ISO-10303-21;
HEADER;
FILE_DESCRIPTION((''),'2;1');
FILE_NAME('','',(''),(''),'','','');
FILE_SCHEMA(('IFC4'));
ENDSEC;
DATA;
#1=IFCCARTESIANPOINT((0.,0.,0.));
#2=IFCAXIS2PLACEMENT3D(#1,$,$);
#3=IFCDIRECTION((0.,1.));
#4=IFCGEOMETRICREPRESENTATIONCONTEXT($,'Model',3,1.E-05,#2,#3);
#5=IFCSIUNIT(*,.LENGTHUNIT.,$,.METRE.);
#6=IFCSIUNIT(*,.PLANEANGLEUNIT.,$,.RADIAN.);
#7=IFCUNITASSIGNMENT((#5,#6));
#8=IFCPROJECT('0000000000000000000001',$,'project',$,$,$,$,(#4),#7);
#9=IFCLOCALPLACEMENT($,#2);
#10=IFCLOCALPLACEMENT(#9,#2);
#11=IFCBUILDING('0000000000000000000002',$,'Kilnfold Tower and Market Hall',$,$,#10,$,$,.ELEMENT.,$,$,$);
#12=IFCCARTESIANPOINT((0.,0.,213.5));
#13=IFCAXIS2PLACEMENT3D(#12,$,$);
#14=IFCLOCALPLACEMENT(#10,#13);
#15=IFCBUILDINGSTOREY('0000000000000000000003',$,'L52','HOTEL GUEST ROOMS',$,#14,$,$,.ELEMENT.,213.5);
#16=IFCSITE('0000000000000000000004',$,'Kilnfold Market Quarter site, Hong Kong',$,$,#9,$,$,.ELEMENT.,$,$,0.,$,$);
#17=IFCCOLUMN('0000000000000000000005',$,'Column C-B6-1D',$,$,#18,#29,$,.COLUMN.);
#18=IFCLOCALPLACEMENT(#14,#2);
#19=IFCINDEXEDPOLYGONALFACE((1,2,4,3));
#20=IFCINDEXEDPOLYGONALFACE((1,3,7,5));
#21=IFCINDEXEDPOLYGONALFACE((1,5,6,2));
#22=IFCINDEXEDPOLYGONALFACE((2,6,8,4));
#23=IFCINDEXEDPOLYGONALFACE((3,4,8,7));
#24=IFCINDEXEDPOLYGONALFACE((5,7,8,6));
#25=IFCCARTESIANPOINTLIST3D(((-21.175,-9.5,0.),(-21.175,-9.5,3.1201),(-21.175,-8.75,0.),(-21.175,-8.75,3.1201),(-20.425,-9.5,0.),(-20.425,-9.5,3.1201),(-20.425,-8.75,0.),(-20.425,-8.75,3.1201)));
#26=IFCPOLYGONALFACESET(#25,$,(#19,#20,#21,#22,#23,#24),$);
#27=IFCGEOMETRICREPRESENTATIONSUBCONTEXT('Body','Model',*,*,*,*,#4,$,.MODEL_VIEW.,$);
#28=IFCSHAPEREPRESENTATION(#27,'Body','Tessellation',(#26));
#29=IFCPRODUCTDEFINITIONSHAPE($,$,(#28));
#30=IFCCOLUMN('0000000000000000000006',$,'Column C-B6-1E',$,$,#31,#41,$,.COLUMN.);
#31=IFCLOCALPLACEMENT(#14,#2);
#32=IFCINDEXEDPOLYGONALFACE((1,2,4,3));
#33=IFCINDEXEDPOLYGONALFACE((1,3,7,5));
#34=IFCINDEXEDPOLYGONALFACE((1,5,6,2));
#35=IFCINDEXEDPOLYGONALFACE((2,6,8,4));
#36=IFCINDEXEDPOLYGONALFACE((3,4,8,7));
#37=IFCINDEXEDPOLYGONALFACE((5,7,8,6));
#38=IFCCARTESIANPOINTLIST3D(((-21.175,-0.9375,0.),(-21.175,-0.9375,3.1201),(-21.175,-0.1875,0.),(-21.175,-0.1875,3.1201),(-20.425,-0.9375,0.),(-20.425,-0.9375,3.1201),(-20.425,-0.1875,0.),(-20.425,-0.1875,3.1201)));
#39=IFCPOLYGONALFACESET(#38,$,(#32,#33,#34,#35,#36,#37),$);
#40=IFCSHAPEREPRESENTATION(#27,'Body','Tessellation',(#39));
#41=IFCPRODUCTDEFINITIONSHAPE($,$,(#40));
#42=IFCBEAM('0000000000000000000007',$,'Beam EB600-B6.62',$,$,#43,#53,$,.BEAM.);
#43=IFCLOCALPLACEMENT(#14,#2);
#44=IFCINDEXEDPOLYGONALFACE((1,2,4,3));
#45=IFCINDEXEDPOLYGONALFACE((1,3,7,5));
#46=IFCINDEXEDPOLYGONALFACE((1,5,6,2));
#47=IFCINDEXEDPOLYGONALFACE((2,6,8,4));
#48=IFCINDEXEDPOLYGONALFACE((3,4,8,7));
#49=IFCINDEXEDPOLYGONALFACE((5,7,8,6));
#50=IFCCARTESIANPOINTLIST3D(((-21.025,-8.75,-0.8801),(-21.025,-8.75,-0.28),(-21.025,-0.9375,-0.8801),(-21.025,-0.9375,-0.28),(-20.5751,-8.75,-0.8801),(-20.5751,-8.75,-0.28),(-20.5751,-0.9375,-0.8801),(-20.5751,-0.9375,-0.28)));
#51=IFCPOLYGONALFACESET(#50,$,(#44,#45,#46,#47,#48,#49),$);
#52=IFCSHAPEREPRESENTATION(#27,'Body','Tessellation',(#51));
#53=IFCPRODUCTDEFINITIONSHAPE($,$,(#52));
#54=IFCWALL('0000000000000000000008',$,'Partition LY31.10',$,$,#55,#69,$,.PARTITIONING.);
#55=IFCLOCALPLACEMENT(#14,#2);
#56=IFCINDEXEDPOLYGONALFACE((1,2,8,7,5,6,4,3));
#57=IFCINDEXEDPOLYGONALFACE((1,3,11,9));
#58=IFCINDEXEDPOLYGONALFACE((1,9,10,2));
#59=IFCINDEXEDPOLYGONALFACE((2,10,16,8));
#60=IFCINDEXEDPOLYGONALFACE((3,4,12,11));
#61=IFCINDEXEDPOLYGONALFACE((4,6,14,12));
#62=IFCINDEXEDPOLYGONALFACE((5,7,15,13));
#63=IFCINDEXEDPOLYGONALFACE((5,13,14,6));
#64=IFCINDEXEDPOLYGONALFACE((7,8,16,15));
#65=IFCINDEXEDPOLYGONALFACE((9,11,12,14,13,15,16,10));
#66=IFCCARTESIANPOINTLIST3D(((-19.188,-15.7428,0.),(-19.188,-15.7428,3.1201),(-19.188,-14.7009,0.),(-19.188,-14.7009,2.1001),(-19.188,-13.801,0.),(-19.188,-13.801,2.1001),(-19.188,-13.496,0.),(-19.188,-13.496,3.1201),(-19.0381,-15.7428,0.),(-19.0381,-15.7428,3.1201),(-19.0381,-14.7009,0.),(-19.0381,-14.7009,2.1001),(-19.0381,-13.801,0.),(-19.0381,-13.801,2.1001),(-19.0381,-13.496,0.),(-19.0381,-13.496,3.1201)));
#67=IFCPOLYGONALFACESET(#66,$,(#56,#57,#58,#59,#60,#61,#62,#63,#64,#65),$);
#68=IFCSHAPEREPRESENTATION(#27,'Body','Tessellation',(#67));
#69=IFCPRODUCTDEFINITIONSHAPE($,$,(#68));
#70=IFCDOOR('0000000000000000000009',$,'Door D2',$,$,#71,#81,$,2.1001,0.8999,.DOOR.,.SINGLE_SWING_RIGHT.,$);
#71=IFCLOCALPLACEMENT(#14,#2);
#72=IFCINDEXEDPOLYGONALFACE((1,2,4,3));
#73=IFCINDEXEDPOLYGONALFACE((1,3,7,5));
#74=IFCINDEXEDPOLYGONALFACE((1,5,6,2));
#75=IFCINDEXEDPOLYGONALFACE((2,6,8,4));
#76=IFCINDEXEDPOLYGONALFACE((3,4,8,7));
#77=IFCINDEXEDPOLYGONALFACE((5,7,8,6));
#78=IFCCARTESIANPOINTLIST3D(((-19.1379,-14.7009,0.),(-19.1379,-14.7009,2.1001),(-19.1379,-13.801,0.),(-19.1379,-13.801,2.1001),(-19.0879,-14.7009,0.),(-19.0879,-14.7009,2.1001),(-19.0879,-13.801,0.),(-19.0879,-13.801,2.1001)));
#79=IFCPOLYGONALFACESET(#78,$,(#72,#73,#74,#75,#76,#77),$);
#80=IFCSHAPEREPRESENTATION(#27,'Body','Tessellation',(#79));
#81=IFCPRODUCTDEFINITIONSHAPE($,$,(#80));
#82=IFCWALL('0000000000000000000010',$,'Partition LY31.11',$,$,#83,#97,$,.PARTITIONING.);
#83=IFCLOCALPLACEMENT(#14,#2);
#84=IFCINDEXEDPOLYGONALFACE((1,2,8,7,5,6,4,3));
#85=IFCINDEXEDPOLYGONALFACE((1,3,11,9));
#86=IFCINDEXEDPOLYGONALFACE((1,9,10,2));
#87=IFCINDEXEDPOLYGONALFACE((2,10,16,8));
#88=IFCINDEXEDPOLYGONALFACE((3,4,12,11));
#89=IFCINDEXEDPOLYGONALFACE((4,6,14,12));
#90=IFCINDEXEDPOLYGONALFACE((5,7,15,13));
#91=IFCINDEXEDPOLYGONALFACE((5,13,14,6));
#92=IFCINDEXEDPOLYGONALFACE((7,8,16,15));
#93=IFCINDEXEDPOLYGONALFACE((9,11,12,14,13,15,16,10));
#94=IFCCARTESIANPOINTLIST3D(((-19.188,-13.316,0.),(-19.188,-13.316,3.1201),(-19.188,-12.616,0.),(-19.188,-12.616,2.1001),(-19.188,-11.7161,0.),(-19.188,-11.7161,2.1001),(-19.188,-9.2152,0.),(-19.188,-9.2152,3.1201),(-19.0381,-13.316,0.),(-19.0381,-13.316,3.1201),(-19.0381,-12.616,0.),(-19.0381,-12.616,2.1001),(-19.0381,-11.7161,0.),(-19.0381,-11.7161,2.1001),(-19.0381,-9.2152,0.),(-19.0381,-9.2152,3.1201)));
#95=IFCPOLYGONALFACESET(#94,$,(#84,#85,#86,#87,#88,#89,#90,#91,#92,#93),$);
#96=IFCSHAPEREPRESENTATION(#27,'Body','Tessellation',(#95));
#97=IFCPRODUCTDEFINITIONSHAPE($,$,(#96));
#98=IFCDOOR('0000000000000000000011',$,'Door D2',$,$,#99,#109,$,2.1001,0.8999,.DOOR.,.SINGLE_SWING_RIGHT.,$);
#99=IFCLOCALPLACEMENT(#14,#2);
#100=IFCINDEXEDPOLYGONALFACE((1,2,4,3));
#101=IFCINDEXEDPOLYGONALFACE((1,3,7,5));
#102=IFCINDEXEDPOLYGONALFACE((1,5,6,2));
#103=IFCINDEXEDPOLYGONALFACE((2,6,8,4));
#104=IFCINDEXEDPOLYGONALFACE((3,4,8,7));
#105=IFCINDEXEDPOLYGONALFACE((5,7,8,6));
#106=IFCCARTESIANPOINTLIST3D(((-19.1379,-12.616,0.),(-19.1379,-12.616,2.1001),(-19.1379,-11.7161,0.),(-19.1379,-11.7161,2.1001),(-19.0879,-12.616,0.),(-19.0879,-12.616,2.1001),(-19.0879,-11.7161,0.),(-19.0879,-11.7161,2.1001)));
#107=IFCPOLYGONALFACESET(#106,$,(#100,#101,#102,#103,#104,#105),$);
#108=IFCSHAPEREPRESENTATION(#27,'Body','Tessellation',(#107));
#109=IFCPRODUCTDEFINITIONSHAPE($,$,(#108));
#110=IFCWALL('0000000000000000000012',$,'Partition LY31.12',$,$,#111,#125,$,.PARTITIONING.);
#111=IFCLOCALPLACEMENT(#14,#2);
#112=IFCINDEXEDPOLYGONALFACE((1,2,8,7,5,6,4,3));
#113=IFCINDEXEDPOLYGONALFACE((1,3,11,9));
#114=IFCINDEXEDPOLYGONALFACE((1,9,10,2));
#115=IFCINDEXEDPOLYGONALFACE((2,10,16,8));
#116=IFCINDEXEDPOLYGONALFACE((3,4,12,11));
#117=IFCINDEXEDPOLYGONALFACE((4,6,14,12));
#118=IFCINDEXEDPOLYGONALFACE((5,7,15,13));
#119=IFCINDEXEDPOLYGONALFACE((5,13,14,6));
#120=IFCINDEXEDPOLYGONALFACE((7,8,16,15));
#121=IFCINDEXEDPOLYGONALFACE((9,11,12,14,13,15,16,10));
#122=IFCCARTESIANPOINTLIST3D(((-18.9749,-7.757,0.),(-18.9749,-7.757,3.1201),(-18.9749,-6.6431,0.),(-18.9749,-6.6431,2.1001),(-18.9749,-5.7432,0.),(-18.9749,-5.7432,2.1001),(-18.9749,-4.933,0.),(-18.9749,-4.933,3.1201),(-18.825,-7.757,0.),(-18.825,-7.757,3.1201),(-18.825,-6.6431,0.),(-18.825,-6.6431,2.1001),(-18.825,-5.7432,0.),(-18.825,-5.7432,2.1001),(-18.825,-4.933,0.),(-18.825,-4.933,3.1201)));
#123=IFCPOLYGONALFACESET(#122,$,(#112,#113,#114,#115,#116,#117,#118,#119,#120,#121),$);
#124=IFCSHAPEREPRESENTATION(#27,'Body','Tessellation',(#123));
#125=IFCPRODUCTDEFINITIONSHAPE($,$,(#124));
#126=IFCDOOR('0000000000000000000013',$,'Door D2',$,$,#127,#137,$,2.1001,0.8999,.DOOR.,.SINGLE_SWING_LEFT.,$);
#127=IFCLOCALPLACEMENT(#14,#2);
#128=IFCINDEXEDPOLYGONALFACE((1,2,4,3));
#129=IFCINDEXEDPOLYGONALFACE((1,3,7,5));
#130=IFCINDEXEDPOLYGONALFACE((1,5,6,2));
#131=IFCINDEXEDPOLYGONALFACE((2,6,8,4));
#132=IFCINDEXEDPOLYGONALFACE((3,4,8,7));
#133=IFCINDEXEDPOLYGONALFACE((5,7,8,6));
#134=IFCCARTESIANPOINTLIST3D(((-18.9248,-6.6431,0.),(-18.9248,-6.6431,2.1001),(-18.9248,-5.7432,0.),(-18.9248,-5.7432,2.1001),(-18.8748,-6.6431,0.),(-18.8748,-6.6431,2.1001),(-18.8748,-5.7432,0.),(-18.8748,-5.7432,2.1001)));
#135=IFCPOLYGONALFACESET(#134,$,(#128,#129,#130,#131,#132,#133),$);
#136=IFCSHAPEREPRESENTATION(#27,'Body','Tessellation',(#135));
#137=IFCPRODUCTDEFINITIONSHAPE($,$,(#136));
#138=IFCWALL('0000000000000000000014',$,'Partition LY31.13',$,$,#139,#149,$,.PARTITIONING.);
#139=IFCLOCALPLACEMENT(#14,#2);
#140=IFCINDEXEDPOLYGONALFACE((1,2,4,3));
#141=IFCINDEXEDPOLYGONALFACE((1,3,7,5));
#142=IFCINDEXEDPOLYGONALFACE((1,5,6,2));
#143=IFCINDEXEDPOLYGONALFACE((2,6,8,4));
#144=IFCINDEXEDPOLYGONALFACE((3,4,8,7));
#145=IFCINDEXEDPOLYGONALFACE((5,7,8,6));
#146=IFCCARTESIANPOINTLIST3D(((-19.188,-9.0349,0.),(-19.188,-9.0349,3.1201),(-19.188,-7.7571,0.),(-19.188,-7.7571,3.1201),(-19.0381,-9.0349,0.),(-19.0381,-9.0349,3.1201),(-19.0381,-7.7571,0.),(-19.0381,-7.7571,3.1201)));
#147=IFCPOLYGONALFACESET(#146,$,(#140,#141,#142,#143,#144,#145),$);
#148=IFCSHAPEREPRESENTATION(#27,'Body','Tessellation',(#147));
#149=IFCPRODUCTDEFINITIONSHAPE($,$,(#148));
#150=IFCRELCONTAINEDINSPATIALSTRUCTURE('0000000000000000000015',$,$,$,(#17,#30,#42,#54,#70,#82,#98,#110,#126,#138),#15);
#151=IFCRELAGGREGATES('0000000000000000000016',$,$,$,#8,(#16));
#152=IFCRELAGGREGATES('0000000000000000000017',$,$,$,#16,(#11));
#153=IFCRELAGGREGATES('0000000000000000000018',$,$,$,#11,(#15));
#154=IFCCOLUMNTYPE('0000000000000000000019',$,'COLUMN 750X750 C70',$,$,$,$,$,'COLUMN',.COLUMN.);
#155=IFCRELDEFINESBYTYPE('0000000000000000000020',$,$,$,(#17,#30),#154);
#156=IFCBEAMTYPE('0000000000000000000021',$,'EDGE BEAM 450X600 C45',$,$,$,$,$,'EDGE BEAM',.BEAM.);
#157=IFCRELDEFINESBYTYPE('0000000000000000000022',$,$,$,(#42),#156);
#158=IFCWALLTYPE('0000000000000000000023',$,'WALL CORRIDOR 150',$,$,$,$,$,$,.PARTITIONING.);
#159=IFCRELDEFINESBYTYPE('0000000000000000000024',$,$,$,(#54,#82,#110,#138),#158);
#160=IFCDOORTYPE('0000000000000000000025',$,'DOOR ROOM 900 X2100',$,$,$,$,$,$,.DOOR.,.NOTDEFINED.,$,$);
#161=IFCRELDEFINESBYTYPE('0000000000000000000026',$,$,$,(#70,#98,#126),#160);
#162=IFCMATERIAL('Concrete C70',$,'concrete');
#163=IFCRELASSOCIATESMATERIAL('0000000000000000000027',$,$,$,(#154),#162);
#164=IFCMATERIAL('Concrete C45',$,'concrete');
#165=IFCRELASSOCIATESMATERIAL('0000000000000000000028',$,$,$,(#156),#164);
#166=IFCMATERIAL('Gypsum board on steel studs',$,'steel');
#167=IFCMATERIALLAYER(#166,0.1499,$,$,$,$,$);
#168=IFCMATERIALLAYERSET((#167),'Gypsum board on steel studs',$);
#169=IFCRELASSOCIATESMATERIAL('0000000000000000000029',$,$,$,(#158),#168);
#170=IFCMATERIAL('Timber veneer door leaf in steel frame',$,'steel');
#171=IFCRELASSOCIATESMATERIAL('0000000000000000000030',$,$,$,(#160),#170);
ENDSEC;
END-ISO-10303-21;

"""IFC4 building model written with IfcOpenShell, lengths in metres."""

from ifc_helpers import new_model, si_unit, direction, frame, frame_2d, origin, origin_2d, place, context, subcontext, project, spatial, rectangle, extrude, source, transform, mapped, material, layer, layer_set, material_profile, profile_set, type_object, element, fill, save


model = new_model("IFC4")

# Units and contexts
model_context = context("Model", 3, precision=1e-05, world=origin(), true_north=direction((0.0, 1.0)))
body_context = subcontext(model_context, "Body", "Model", "MODEL_VIEW")
ifc_project = project(units=[si_unit("LENGTHUNIT", "METRE"), si_unit("PLANEANGLEUNIT", "RADIAN")], contexts=[model_context])

# Site, building, storey
site_placement = place(None, origin())
site = spatial("IfcSite", under=ifc_project, at=site_placement, Name="Kilnfold Market Quarter site, Hong Kong", CompositionType="ELEMENT", RefElevation=0.0)
building_placement = place(site_placement, origin())
building = spatial("IfcBuilding", under=site, at=building_placement, Name="Kilnfold Tower and Market Hall", CompositionType="ELEMENT")
storey_placement = place(building_placement, frame((0.0, 0.0, 213.5)))
storey = spatial("IfcBuildingStorey", under=building, at=storey_placement, Name="L52", Description="HOTEL GUEST ROOMS", CompositionType="ELEMENT", Elevation=213.5)

# Columns
ifc_material_1 = material(Name="Concrete C70", Category="concrete")
ifc_material_profile_1 = material_profile(ifc_material_1, rectangle(XDim=0.75, YDim=0.75, at=origin_2d()), Name="RC 750x750")
ifc_profile_set_1 = profile_set([ifc_material_profile_1], Name="Concrete C70")
column_type = type_object("IfcColumnType", Name="COLUMN 750X750 C70", ElementType="COLUMN", PredefinedType="COLUMN", material=ifc_profile_set_1)
shared_shape_1 = source(origin(), body_context, "Body", "SweptSolid", [
    extrude(rectangle(XDim=0.75, YDim=0.75, at=origin_2d()), origin(), (0.0, 0.0, 1.0), 3.1201),
])
for number, where, z_axis, x_axis, name in (
    (1, (-20.8, -9.125, 0.0), (0.0, 0.0, 1.0), (1.0, 0.0, 0.0), "Column C-B6-1D"),
    (2, (-20.8, -0.5625, 0.0), (0.0, 0.0, 1.0), (1.0, 0.0, 0.0), "Column C-B6-1E"),
):
    element("IfcColumn", number, at=place(storey_placement, frame(where, z_axis=z_axis, x_axis=x_axis)), inside=storey, type_object=column_type, Name=name, PredefinedType="COLUMN", context=body_context, shape_type="MappedRepresentation", body=[
        mapped(shared_shape_1, transform((0.0, 0.0, 0.0))),
    ])

# Beam
ifc_material_2 = material(Name="Concrete C45", Category="concrete")
ifc_material_profile_2 = material_profile(ifc_material_2, rectangle(XDim=0.45, YDim=0.6001, at=origin_2d()), Name="RC 450x600")
ifc_profile_set_2 = profile_set([ifc_material_profile_2], Name="Concrete C45")
beam_type = type_object("IfcBeamType", Name="EDGE BEAM 450X600 C45", ElementType="EDGE BEAM", PredefinedType="BEAM", material=ifc_profile_set_2)
shared_shape_2 = source(origin(), body_context, "Body", "SweptSolid", [
    extrude(rectangle(XDim=0.45, YDim=0.6001, at=origin_2d()), origin(), (0.0, 0.0, 1.0), 7.8125),
])
beam_placement = place(storey_placement, frame((-20.8, -8.75, -0.5801), z_axis=(0.0, 1.0, 0.0), x_axis=(-1.0, 0.0, 0.0)))
element("IfcBeam", 3, at=beam_placement, inside=storey, type_object=beam_type, Name="Beam EB600-B6.62", PredefinedType="BEAM", context=body_context, shape_type="MappedRepresentation", body=[
    mapped(shared_shape_2, transform((0.0, 0.0, 0.0))),
])

# Walls, openings, doors
ifc_material_3 = material(Name="Gypsum board on steel studs", Category="steel")
ifc_layer_1 = layer(ifc_material_3, 0.1499)
ifc_layer_set_1 = layer_set([ifc_layer_1], Name="Gypsum board on steel studs")
wall_type_1 = type_object("IfcWallType", Name="WALL CORRIDOR 150", PredefinedType="PARTITIONING", material=ifc_layer_set_1)
wall_1_placement = place(storey_placement, frame((-19.113, -15.7429, 0.0), z_axis=(0.0, 0.0, 1.0), x_axis=(0.0, 1.0, 0.0)))
wall_1 = element("IfcWall", 4, at=wall_1_placement, inside=storey, type_object=wall_type_1, Name="Partition LY31.10", PredefinedType="PARTITIONING", context=body_context, shape_type="SweptSolid", body=[
    extrude(rectangle(XDim=2.2468, YDim=0.1499, at=frame_2d((1.1235, 0.0))), origin(), (0.0, 0.0, 1.0), 3.1201),
])
opening_1_placement = place(wall_1_placement, frame((1.042, 0.0, 0.0)))
opening_1 = element("IfcOpeningElement", 5, at=opening_1_placement, cuts=wall_1, PredefinedType="OPENING", context=body_context, shape_type="SweptSolid", body=[
    extrude(rectangle(XDim=0.8999, YDim=2.1001, at=frame_2d((0.45, 1.05))), frame((0.0, 0.085, 0.0), z_axis=(0.0, -1.0, 0.0), x_axis=(1.0, 0.0, 0.0)), (0.0, 0.0, 1.0), 0.1699),
])
ifc_material_4 = material(Name="Timber veneer door leaf in steel frame", Category="steel")
door_type_1 = type_object("IfcDoorType", Name="DOOR ROOM 900 X2100", OperationType="NOTDEFINED", PredefinedType="DOOR", material=ifc_material_4)
door_1_placement = place(opening_1_placement, origin())
door_1 = element("IfcDoor", 6, at=door_1_placement, inside=storey, type_object=door_type_1, Name="Door D2", OperationType="SINGLE_SWING_RIGHT", OverallHeight=2.1001, OverallWidth=0.8999, PredefinedType="DOOR", context=body_context, shape_type="SweptSolid", body=[
    extrude(rectangle(XDim=0.8999, YDim=2.1001, at=frame_2d((0.45, 1.05))), frame((0.0, 0.0249, 0.0), z_axis=(0.0, -1.0, 0.0), x_axis=(1.0, 0.0, 0.0)), (0.0, 0.0, 1.0), 0.05),
])
fill(opening_1, door_1)
wall_2_placement = place(storey_placement, frame((-19.113, -13.3159, 0.0), z_axis=(0.0, 0.0, 1.0), x_axis=(0.0, 1.0, 0.0)))
wall_2 = element("IfcWall", 7, at=wall_2_placement, inside=storey, type_object=wall_type_1, Name="Partition LY31.11", PredefinedType="PARTITIONING", context=body_context, shape_type="SweptSolid", body=[
    extrude(rectangle(XDim=4.1008, YDim=0.1499, at=frame_2d((2.0503, 0.0))), origin(), (0.0, 0.0, 1.0), 3.1201),
])
opening_2_placement = place(wall_2_placement, frame((0.7, 0.0, 0.0)))
opening_2 = element("IfcOpeningElement", 8, at=opening_2_placement, cuts=wall_2, PredefinedType="OPENING", context=body_context, shape_type="SweptSolid", body=[
    extrude(rectangle(XDim=0.8999, YDim=2.1001, at=frame_2d((0.45, 1.05))), frame((0.0, 0.085, 0.0), z_axis=(0.0, -1.0, 0.0), x_axis=(1.0, 0.0, 0.0)), (0.0, 0.0, 1.0), 0.1699),
])
door_2_placement = place(opening_2_placement, origin())
door_2 = element("IfcDoor", 9, at=door_2_placement, inside=storey, type_object=door_type_1, Name="Door D2", OperationType="SINGLE_SWING_RIGHT", OverallHeight=2.1001, OverallWidth=0.8999, PredefinedType="DOOR", context=body_context, shape_type="SweptSolid", body=[
    extrude(rectangle(XDim=0.8999, YDim=2.1001, at=frame_2d((0.45, 1.05))), frame((0.0, 0.0249, 0.0), z_axis=(0.0, -1.0, 0.0), x_axis=(1.0, 0.0, 0.0)), (0.0, 0.0, 1.0), 0.05),
])
fill(opening_2, door_2)
wall_3_placement = place(storey_placement, frame((-18.8999, -7.7571, 0.0), z_axis=(0.0, 0.0, 1.0), x_axis=(0.0, 1.0, 0.0)))
wall_3 = element("IfcWall", 10, at=wall_3_placement, inside=storey, type_object=wall_type_1, Name="Partition LY31.12", PredefinedType="PARTITIONING", context=body_context, shape_type="SweptSolid", body=[
    extrude(rectangle(XDim=2.824, YDim=0.1499, at=frame_2d((1.4121, 0.0))), origin(), (0.0, 0.0, 1.0), 3.1201),
])
opening_3_placement = place(wall_3_placement, frame((1.114, 0.0, 0.0)))
opening_3 = element("IfcOpeningElement", 11, at=opening_3_placement, cuts=wall_3, PredefinedType="OPENING", context=body_context, shape_type="SweptSolid", body=[
    extrude(rectangle(XDim=0.8999, YDim=2.1001, at=frame_2d((0.45, 1.05))), frame((0.0, 0.085, 0.0), z_axis=(0.0, -1.0, 0.0), x_axis=(1.0, 0.0, 0.0)), (0.0, 0.0, 1.0), 0.1699),
])
door_3_placement = place(opening_3_placement, origin())
door_3 = element("IfcDoor", 12, at=door_3_placement, inside=storey, type_object=door_type_1, Name="Door D2", OperationType="SINGLE_SWING_LEFT", OverallHeight=2.1001, OverallWidth=0.8999, PredefinedType="DOOR", context=body_context, shape_type="SweptSolid", body=[
    extrude(rectangle(XDim=0.8999, YDim=2.1001, at=frame_2d((0.45, 1.05))), frame((0.0, 0.0249, 0.0), z_axis=(0.0, -1.0, 0.0), x_axis=(1.0, 0.0, 0.0)), (0.0, 0.0, 1.0), 0.05),
])
fill(opening_3, door_3)

# Wall
wall_4_placement = place(storey_placement, frame((-19.113, -9.0349, 0.0), z_axis=(0.0, 0.0, 1.0), x_axis=(0.0, 1.0, 0.0)))
element("IfcWall", 13, at=wall_4_placement, inside=storey, type_object=wall_type_1, Name="Partition LY31.13", PredefinedType="PARTITIONING", context=body_context, shape_type="SweptSolid", body=[
    extrude(rectangle(XDim=1.2778, YDim=0.1499, at=frame_2d((0.6389, 0.0))), origin(), (0.0, 0.0, 1.0), 3.1201),
])

save(model, "model.ifc")
